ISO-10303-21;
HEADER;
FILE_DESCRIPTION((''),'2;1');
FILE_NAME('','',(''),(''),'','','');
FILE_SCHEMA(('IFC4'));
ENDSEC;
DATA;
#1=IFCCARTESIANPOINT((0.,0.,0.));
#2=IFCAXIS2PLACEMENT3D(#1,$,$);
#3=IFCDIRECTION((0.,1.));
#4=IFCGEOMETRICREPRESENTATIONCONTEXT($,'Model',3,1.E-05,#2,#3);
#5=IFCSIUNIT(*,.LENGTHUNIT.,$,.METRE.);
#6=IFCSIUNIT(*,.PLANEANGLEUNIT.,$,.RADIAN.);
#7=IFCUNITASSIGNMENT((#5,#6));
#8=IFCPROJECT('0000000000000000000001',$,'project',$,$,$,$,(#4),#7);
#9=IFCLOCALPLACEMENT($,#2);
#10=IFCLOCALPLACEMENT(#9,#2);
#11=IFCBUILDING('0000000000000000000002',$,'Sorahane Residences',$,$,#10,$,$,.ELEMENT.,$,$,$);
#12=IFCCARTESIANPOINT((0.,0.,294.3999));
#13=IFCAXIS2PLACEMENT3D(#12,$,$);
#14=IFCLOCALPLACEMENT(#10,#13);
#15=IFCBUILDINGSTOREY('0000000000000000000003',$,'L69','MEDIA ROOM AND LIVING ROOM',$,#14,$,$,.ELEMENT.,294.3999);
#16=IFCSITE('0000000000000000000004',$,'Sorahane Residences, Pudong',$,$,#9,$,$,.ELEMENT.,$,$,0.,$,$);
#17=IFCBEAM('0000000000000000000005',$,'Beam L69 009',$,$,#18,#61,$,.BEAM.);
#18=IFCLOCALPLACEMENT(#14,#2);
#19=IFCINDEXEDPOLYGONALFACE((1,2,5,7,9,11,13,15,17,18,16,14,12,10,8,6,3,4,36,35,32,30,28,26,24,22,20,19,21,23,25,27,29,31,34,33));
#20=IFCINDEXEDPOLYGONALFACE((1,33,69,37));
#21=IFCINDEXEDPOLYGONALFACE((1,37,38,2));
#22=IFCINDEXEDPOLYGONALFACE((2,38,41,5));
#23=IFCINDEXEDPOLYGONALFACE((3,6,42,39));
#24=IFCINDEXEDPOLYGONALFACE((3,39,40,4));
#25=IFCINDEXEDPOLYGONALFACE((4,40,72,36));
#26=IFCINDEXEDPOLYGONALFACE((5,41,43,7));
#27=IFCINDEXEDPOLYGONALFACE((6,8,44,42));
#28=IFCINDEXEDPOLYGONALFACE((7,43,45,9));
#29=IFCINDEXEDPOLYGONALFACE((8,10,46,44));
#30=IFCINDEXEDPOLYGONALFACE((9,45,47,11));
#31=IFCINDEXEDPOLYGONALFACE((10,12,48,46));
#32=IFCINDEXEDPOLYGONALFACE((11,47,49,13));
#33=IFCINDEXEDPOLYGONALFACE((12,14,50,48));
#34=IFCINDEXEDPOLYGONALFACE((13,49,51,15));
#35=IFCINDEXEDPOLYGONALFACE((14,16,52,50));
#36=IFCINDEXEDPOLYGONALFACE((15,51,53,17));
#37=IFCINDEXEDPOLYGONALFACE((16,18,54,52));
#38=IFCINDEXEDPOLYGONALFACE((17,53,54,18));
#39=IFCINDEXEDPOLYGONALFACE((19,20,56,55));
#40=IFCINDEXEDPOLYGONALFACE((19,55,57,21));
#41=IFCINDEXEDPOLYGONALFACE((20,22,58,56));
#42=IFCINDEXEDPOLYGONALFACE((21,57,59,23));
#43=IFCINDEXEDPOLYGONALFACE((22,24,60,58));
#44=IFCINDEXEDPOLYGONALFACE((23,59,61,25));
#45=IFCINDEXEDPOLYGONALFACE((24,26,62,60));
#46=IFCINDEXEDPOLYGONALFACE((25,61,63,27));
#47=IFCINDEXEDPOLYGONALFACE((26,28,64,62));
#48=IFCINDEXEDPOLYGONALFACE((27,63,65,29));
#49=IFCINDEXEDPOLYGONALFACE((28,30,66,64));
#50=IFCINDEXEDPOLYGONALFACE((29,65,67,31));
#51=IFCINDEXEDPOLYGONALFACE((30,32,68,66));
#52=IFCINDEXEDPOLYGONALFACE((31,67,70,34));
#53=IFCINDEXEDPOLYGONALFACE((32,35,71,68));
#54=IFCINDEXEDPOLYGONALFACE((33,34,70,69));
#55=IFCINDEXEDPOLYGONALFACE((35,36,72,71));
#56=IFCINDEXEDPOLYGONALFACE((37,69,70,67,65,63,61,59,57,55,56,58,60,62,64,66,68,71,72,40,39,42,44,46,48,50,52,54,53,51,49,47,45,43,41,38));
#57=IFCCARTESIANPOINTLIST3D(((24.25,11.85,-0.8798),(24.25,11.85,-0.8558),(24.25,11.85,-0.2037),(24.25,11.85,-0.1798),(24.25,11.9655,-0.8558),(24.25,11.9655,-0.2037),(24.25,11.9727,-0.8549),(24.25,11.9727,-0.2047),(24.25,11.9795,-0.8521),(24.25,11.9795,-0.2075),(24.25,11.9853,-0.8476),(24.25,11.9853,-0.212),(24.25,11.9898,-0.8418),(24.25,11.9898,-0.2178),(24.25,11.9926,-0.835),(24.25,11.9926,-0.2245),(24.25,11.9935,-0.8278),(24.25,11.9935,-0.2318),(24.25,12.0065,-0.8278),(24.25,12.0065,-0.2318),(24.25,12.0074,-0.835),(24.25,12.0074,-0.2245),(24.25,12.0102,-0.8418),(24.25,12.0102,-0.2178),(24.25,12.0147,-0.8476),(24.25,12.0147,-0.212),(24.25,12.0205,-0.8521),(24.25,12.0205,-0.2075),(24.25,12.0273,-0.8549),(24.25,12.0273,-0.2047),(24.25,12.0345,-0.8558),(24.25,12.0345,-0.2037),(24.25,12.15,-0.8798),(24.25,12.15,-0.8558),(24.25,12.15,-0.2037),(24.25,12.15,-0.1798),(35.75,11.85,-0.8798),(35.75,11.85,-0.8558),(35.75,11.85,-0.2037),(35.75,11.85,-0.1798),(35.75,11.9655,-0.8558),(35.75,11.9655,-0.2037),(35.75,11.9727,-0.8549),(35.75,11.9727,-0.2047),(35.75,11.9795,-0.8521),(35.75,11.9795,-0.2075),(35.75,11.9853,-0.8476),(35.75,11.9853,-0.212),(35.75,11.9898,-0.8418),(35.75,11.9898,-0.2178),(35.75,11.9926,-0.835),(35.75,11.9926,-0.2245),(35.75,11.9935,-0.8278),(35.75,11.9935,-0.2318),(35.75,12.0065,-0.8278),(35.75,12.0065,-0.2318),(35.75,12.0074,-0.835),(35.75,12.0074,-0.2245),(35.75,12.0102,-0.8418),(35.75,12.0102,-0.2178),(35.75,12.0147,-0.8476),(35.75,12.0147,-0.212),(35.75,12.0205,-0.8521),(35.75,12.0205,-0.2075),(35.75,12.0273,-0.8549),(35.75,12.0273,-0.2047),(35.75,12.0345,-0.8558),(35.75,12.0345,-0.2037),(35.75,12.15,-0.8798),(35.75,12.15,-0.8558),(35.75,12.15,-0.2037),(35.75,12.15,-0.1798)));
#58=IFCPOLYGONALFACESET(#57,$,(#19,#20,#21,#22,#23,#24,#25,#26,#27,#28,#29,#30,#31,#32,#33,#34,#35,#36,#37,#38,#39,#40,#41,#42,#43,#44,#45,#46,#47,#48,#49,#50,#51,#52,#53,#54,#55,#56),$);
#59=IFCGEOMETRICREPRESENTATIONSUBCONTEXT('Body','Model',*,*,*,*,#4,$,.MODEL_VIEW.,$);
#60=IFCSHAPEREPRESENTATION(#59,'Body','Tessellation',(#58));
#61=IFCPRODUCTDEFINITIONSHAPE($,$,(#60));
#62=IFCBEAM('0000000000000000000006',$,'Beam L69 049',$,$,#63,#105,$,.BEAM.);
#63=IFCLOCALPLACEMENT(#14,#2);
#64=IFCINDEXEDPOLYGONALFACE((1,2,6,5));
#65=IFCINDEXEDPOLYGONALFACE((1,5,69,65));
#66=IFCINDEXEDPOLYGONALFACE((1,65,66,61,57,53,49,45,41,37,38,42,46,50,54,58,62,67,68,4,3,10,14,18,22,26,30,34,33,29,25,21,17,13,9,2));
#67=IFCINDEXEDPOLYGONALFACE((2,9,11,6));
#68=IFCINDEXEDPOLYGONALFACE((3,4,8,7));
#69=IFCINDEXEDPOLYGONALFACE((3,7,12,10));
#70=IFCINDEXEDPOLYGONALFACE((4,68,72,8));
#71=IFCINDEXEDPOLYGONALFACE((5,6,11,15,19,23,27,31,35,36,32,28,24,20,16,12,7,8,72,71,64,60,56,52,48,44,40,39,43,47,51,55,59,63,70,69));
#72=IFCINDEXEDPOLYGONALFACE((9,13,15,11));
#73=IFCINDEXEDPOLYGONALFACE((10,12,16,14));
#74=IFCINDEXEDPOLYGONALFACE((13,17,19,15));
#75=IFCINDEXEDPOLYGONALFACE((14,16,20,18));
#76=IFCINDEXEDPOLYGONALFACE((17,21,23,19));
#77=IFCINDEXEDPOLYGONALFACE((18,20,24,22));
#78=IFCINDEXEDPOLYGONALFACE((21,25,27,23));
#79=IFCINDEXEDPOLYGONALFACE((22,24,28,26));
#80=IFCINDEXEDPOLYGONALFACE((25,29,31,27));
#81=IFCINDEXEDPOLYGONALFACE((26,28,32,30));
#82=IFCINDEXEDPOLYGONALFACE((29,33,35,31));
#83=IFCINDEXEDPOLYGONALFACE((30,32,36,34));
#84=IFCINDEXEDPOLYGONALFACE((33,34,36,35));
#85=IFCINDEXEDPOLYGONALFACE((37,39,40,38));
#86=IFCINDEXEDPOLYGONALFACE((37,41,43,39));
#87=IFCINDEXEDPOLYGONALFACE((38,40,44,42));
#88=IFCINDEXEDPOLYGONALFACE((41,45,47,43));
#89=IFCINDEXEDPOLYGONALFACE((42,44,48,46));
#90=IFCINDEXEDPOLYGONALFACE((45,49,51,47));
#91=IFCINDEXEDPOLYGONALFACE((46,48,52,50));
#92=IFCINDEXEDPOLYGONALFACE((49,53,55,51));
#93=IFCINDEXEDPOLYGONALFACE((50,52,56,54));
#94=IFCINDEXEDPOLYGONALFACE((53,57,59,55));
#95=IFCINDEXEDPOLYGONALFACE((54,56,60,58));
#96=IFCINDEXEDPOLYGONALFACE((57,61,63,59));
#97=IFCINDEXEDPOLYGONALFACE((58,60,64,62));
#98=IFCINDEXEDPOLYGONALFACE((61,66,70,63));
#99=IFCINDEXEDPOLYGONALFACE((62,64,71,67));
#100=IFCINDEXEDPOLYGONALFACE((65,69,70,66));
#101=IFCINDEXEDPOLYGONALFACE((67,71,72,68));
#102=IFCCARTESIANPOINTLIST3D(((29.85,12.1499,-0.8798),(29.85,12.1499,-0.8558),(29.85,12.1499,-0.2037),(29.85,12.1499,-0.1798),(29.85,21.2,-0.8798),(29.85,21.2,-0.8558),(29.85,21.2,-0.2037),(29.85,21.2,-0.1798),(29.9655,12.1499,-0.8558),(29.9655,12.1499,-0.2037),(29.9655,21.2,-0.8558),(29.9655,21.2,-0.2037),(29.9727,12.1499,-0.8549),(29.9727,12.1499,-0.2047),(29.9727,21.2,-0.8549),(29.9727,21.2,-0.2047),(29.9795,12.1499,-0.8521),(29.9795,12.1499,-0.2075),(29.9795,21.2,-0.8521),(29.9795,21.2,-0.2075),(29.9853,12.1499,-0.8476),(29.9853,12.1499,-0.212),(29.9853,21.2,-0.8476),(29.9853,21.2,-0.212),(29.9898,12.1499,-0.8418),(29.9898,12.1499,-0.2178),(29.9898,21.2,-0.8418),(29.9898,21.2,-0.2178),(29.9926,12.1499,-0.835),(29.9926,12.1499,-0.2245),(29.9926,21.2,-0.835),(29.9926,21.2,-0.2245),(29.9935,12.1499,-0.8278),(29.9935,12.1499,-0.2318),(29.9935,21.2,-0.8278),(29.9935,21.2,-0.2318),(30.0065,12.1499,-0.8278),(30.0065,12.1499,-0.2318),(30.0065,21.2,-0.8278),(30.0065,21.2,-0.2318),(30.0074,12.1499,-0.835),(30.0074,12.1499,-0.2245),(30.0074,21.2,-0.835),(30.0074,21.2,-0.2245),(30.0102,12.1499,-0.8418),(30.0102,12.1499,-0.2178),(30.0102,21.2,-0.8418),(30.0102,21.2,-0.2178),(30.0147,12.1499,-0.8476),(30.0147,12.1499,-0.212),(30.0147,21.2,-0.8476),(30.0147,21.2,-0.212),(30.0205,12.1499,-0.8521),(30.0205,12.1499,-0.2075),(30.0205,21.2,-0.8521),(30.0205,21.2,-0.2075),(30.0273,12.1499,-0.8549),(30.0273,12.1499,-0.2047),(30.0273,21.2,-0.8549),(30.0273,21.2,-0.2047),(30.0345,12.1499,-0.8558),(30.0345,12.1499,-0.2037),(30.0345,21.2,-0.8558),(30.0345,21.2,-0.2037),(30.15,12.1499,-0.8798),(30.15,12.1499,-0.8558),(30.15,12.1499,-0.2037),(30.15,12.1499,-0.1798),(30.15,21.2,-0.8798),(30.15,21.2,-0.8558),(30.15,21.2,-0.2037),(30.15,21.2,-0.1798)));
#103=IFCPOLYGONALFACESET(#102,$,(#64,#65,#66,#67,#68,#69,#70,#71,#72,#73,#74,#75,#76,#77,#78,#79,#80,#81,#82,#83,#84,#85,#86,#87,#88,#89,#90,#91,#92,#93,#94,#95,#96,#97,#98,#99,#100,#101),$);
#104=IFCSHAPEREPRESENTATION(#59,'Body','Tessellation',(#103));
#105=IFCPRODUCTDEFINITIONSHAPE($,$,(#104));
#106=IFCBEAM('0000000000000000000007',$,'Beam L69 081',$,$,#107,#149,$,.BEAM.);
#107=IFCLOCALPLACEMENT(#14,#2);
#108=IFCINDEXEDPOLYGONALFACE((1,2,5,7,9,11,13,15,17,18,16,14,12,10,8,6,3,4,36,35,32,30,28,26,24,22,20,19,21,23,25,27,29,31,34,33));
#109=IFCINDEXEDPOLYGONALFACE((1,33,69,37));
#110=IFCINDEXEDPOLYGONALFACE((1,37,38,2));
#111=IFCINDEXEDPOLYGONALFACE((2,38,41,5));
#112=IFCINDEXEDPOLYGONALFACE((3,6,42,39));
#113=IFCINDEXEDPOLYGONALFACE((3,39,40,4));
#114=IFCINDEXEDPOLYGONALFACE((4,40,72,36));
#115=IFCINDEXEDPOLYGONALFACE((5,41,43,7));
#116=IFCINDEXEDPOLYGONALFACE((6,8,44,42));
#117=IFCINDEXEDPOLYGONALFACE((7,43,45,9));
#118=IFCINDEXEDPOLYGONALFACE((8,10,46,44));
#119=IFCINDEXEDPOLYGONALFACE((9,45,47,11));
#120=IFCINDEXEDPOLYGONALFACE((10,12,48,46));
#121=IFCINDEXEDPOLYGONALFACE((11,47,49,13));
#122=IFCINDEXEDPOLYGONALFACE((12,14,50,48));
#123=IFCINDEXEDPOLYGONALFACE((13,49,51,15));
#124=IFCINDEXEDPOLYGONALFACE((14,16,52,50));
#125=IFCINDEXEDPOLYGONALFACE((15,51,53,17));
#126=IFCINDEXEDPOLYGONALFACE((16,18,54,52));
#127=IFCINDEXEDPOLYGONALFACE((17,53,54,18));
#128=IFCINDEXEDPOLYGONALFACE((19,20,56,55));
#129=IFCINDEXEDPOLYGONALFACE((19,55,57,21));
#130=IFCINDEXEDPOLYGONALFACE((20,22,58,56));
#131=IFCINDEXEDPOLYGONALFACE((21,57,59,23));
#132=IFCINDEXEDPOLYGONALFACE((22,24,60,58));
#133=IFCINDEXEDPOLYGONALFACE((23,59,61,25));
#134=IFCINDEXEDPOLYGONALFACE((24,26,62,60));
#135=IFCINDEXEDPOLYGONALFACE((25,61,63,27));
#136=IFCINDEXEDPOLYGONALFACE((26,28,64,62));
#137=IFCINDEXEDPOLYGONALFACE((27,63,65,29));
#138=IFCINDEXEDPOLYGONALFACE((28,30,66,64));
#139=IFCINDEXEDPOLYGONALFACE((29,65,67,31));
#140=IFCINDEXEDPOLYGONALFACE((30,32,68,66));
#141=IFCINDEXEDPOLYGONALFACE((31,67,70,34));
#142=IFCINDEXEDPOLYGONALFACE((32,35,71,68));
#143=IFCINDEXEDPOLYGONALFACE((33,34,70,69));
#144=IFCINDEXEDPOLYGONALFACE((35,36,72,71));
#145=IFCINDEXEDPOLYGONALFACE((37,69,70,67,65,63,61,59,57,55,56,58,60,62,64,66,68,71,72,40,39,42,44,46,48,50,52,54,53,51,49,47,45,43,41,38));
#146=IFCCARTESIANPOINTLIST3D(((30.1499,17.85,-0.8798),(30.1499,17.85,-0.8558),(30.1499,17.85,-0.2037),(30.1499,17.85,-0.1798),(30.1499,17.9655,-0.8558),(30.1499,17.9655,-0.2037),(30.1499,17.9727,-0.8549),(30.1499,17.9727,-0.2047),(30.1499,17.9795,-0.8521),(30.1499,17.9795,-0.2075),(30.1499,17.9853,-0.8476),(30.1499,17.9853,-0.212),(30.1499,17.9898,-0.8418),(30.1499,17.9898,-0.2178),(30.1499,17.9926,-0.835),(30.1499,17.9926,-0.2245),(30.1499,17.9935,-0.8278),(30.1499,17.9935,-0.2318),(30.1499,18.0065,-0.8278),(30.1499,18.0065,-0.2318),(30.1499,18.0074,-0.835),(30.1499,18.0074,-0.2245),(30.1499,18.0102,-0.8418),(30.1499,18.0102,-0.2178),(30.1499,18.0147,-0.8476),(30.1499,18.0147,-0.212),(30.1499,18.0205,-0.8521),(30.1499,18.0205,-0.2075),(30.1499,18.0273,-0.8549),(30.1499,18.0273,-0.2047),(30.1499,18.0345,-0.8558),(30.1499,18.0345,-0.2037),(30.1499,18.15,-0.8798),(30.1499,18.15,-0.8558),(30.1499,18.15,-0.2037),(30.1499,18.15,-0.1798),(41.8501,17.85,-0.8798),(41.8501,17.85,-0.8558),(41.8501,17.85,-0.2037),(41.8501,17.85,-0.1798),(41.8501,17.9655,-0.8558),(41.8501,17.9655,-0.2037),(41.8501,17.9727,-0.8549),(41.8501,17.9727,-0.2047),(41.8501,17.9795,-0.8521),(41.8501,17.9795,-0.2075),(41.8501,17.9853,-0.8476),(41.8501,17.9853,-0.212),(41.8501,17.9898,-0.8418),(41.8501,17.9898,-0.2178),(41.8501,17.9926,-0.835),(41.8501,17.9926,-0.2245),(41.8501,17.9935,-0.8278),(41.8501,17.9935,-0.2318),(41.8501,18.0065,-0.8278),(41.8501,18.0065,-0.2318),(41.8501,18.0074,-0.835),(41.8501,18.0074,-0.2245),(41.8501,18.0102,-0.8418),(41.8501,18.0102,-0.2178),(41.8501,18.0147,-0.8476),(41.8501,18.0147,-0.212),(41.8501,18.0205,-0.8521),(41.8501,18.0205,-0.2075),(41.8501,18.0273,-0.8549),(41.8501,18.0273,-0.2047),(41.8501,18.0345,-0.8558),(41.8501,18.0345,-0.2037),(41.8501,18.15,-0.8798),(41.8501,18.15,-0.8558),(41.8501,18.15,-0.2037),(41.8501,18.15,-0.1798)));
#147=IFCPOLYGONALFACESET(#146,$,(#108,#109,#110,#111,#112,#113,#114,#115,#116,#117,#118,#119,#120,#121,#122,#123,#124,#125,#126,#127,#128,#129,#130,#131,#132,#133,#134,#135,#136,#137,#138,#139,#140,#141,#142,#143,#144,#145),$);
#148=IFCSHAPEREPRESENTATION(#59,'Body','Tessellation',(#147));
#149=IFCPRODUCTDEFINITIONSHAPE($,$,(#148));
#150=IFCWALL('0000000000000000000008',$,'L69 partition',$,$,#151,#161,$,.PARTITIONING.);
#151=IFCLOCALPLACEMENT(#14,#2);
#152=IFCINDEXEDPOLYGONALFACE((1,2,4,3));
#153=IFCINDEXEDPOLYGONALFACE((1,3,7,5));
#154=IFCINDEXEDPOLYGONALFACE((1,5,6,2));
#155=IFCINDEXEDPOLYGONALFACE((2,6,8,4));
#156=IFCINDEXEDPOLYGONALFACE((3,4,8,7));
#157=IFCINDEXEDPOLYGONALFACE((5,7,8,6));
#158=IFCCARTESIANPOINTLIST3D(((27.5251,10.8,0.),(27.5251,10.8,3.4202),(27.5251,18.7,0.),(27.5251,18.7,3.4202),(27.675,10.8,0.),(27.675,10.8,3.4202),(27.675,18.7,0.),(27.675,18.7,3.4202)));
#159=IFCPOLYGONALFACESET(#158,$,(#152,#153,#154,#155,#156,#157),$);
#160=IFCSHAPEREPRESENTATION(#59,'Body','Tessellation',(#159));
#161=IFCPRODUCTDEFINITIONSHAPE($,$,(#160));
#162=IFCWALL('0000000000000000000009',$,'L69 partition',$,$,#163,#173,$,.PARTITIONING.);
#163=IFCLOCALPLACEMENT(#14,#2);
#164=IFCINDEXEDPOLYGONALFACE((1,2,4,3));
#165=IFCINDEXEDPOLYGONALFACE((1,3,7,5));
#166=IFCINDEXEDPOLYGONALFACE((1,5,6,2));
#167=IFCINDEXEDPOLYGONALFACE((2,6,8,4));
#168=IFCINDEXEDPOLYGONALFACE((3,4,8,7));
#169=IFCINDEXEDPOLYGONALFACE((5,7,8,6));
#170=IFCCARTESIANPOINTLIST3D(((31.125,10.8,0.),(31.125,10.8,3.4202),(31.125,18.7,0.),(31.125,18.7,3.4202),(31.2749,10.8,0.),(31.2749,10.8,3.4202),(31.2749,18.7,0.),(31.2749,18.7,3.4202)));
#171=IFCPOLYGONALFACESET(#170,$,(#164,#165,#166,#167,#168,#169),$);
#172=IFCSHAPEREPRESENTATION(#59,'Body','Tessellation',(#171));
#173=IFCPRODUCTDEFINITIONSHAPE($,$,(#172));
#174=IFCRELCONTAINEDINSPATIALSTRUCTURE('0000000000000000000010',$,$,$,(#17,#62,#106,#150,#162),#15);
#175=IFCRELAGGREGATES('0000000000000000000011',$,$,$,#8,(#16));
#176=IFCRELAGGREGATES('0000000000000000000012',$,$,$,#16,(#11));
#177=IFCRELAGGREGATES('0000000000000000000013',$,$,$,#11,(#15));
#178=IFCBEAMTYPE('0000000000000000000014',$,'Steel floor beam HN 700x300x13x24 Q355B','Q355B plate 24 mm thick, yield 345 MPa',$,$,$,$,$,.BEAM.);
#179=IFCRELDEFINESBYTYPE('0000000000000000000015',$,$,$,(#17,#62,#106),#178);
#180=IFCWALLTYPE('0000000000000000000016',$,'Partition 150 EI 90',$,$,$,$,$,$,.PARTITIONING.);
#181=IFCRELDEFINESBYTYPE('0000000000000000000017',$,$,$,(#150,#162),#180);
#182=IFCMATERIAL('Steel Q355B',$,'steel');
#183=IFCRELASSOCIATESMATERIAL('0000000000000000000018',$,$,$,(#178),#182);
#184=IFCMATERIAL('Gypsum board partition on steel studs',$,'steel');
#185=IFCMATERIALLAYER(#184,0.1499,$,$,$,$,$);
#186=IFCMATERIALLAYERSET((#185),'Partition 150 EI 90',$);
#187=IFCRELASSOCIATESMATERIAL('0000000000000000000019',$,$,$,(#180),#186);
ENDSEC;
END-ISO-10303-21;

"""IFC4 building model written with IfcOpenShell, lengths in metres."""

from ifc_helpers import new_model, si_unit, direction, frame, frame_2d, origin, origin_2d, place, context, subcontext, project, spatial, rectangle, i_section, extrude, material, layer, layer_set, material_profile, profile_set, type_object, element, save


model = new_model("IFC4")

# Units and contexts
model_context = context("Model", 3, precision=1e-05, world=origin(), true_north=direction((0.0, 1.0)))
body_context = subcontext(model_context, "Body", "Model", "MODEL_VIEW")
ifc_project = project(units=[si_unit("LENGTHUNIT", "METRE"), si_unit("PLANEANGLEUNIT", "RADIAN")], contexts=[model_context])

# Site, building, storey
site_placement = place(None, origin())
site = spatial("IfcSite", under=ifc_project, at=site_placement, Name="Sorahane Residences, Pudong", CompositionType="ELEMENT", RefElevation=0.0)
building_placement = place(site_placement, origin())
building = spatial("IfcBuilding", under=site, at=building_placement, Name="Sorahane Residences", CompositionType="ELEMENT")
storey_placement = place(building_placement, frame((0.0, 0.0, 294.3999)))
storey = spatial("IfcBuildingStorey", under=building, at=storey_placement, Name="L69", Description="MEDIA ROOM AND LIVING ROOM", CompositionType="ELEMENT", Elevation=294.3999)

# Beams
ifc_material_1 = material(Name="Steel Q355B", Category="steel")
ifc_material_profile_1 = material_profile(ifc_material_1, i_section(OverallWidth=0.3, OverallDepth=0.7, WebThickness=0.0129, FlangeThickness=0.0239, FilletRadius=0.0281, at=origin_2d()), Name="HN 700x300x13x24")
ifc_profile_set_1 = profile_set([ifc_material_profile_1], Name="Steel Q355B")
beam_type_1 = type_object("IfcBeamType", Name="Steel floor beam HN 700x300x13x24 Q355B", Description="Q355B plate 24 mm thick, yield 345 MPa", PredefinedType="BEAM", material=ifc_profile_set_1)
beam_1_placement = place(storey_placement, frame((24.25, 12.0, -0.5298), z_axis=(1.0, 0.0, 0.0), x_axis=(0.0, 1.0, 0.0)))
element("IfcBeam", 1, at=beam_1_placement, inside=storey, type_object=beam_type_1, Name="Beam L69 009", PredefinedType="BEAM", context=body_context, shape_type="SweptSolid", body=[
    extrude(i_section(OverallWidth=0.3, OverallDepth=0.7, WebThickness=0.0129, FlangeThickness=0.0239, FilletRadius=0.0281, at=origin_2d()), origin(), (0.0, 0.0, 1.0), 11.5),
])
beam_2_placement = place(storey_placement, frame((30.0, 12.1499, -0.5298), z_axis=(0.0, 1.0, 0.0), x_axis=(-1.0, 0.0, 0.0)))
element("IfcBeam", 2, at=beam_2_placement, inside=storey, type_object=beam_type_1, Name="Beam L69 049", PredefinedType="BEAM", context=body_context, shape_type="SweptSolid", body=[
    extrude(i_section(OverallWidth=0.3, OverallDepth=0.7, WebThickness=0.0129, FlangeThickness=0.0239, FilletRadius=0.0281, at=origin_2d()), origin(), (0.0, 0.0, 1.0), 9.05),
])
beam_3_placement = place(storey_placement, frame((30.1499, 18.0, -0.5298), z_axis=(1.0, 0.0, 0.0), x_axis=(0.0, 1.0, 0.0)))
element("IfcBeam", 3, at=beam_3_placement, inside=storey, type_object=beam_type_1, Name="Beam L69 081", PredefinedType="BEAM", context=body_context, shape_type="SweptSolid", body=[
    extrude(i_section(OverallWidth=0.3, OverallDepth=0.7, WebThickness=0.0129, FlangeThickness=0.0239, FilletRadius=0.0281, at=origin_2d()), origin(), (0.0, 0.0, 1.0), 11.7002),
])

# Walls
ifc_material_2 = material(Name="Gypsum board partition on steel studs", Category="steel")
ifc_layer_1 = layer(ifc_material_2, 0.1499)
ifc_layer_set_1 = layer_set([ifc_layer_1], Name="Partition 150 EI 90")
wall_type_1 = type_object("IfcWallType", Name="Partition 150 EI 90", PredefinedType="PARTITIONING", material=ifc_layer_set_1)
for number, where, z_axis, x_axis, name in (
    (4, (27.6001, 10.8, 0.0), (0.0, 0.0, 1.0), (0.0, 1.0, 0.0), "L69 partition"),
    (5, (31.2, 10.8, 0.0), (0.0, 0.0, 1.0), (0.0, 1.0, 0.0), "L69 partition"),
):
    element("IfcWall", number, at=place(storey_placement, frame(where, z_axis=z_axis, x_axis=x_axis)), inside=storey, type_object=wall_type_1, Name=name, PredefinedType="PARTITIONING", context=body_context, shape_type="SweptSolid", body=[
        extrude(rectangle(XDim=7.8999, YDim=0.1499, at=frame_2d((3.95, 0.0))), origin(), (0.0, 0.0, 1.0), 3.4202),
    ])

save(model, "model.ifc")
